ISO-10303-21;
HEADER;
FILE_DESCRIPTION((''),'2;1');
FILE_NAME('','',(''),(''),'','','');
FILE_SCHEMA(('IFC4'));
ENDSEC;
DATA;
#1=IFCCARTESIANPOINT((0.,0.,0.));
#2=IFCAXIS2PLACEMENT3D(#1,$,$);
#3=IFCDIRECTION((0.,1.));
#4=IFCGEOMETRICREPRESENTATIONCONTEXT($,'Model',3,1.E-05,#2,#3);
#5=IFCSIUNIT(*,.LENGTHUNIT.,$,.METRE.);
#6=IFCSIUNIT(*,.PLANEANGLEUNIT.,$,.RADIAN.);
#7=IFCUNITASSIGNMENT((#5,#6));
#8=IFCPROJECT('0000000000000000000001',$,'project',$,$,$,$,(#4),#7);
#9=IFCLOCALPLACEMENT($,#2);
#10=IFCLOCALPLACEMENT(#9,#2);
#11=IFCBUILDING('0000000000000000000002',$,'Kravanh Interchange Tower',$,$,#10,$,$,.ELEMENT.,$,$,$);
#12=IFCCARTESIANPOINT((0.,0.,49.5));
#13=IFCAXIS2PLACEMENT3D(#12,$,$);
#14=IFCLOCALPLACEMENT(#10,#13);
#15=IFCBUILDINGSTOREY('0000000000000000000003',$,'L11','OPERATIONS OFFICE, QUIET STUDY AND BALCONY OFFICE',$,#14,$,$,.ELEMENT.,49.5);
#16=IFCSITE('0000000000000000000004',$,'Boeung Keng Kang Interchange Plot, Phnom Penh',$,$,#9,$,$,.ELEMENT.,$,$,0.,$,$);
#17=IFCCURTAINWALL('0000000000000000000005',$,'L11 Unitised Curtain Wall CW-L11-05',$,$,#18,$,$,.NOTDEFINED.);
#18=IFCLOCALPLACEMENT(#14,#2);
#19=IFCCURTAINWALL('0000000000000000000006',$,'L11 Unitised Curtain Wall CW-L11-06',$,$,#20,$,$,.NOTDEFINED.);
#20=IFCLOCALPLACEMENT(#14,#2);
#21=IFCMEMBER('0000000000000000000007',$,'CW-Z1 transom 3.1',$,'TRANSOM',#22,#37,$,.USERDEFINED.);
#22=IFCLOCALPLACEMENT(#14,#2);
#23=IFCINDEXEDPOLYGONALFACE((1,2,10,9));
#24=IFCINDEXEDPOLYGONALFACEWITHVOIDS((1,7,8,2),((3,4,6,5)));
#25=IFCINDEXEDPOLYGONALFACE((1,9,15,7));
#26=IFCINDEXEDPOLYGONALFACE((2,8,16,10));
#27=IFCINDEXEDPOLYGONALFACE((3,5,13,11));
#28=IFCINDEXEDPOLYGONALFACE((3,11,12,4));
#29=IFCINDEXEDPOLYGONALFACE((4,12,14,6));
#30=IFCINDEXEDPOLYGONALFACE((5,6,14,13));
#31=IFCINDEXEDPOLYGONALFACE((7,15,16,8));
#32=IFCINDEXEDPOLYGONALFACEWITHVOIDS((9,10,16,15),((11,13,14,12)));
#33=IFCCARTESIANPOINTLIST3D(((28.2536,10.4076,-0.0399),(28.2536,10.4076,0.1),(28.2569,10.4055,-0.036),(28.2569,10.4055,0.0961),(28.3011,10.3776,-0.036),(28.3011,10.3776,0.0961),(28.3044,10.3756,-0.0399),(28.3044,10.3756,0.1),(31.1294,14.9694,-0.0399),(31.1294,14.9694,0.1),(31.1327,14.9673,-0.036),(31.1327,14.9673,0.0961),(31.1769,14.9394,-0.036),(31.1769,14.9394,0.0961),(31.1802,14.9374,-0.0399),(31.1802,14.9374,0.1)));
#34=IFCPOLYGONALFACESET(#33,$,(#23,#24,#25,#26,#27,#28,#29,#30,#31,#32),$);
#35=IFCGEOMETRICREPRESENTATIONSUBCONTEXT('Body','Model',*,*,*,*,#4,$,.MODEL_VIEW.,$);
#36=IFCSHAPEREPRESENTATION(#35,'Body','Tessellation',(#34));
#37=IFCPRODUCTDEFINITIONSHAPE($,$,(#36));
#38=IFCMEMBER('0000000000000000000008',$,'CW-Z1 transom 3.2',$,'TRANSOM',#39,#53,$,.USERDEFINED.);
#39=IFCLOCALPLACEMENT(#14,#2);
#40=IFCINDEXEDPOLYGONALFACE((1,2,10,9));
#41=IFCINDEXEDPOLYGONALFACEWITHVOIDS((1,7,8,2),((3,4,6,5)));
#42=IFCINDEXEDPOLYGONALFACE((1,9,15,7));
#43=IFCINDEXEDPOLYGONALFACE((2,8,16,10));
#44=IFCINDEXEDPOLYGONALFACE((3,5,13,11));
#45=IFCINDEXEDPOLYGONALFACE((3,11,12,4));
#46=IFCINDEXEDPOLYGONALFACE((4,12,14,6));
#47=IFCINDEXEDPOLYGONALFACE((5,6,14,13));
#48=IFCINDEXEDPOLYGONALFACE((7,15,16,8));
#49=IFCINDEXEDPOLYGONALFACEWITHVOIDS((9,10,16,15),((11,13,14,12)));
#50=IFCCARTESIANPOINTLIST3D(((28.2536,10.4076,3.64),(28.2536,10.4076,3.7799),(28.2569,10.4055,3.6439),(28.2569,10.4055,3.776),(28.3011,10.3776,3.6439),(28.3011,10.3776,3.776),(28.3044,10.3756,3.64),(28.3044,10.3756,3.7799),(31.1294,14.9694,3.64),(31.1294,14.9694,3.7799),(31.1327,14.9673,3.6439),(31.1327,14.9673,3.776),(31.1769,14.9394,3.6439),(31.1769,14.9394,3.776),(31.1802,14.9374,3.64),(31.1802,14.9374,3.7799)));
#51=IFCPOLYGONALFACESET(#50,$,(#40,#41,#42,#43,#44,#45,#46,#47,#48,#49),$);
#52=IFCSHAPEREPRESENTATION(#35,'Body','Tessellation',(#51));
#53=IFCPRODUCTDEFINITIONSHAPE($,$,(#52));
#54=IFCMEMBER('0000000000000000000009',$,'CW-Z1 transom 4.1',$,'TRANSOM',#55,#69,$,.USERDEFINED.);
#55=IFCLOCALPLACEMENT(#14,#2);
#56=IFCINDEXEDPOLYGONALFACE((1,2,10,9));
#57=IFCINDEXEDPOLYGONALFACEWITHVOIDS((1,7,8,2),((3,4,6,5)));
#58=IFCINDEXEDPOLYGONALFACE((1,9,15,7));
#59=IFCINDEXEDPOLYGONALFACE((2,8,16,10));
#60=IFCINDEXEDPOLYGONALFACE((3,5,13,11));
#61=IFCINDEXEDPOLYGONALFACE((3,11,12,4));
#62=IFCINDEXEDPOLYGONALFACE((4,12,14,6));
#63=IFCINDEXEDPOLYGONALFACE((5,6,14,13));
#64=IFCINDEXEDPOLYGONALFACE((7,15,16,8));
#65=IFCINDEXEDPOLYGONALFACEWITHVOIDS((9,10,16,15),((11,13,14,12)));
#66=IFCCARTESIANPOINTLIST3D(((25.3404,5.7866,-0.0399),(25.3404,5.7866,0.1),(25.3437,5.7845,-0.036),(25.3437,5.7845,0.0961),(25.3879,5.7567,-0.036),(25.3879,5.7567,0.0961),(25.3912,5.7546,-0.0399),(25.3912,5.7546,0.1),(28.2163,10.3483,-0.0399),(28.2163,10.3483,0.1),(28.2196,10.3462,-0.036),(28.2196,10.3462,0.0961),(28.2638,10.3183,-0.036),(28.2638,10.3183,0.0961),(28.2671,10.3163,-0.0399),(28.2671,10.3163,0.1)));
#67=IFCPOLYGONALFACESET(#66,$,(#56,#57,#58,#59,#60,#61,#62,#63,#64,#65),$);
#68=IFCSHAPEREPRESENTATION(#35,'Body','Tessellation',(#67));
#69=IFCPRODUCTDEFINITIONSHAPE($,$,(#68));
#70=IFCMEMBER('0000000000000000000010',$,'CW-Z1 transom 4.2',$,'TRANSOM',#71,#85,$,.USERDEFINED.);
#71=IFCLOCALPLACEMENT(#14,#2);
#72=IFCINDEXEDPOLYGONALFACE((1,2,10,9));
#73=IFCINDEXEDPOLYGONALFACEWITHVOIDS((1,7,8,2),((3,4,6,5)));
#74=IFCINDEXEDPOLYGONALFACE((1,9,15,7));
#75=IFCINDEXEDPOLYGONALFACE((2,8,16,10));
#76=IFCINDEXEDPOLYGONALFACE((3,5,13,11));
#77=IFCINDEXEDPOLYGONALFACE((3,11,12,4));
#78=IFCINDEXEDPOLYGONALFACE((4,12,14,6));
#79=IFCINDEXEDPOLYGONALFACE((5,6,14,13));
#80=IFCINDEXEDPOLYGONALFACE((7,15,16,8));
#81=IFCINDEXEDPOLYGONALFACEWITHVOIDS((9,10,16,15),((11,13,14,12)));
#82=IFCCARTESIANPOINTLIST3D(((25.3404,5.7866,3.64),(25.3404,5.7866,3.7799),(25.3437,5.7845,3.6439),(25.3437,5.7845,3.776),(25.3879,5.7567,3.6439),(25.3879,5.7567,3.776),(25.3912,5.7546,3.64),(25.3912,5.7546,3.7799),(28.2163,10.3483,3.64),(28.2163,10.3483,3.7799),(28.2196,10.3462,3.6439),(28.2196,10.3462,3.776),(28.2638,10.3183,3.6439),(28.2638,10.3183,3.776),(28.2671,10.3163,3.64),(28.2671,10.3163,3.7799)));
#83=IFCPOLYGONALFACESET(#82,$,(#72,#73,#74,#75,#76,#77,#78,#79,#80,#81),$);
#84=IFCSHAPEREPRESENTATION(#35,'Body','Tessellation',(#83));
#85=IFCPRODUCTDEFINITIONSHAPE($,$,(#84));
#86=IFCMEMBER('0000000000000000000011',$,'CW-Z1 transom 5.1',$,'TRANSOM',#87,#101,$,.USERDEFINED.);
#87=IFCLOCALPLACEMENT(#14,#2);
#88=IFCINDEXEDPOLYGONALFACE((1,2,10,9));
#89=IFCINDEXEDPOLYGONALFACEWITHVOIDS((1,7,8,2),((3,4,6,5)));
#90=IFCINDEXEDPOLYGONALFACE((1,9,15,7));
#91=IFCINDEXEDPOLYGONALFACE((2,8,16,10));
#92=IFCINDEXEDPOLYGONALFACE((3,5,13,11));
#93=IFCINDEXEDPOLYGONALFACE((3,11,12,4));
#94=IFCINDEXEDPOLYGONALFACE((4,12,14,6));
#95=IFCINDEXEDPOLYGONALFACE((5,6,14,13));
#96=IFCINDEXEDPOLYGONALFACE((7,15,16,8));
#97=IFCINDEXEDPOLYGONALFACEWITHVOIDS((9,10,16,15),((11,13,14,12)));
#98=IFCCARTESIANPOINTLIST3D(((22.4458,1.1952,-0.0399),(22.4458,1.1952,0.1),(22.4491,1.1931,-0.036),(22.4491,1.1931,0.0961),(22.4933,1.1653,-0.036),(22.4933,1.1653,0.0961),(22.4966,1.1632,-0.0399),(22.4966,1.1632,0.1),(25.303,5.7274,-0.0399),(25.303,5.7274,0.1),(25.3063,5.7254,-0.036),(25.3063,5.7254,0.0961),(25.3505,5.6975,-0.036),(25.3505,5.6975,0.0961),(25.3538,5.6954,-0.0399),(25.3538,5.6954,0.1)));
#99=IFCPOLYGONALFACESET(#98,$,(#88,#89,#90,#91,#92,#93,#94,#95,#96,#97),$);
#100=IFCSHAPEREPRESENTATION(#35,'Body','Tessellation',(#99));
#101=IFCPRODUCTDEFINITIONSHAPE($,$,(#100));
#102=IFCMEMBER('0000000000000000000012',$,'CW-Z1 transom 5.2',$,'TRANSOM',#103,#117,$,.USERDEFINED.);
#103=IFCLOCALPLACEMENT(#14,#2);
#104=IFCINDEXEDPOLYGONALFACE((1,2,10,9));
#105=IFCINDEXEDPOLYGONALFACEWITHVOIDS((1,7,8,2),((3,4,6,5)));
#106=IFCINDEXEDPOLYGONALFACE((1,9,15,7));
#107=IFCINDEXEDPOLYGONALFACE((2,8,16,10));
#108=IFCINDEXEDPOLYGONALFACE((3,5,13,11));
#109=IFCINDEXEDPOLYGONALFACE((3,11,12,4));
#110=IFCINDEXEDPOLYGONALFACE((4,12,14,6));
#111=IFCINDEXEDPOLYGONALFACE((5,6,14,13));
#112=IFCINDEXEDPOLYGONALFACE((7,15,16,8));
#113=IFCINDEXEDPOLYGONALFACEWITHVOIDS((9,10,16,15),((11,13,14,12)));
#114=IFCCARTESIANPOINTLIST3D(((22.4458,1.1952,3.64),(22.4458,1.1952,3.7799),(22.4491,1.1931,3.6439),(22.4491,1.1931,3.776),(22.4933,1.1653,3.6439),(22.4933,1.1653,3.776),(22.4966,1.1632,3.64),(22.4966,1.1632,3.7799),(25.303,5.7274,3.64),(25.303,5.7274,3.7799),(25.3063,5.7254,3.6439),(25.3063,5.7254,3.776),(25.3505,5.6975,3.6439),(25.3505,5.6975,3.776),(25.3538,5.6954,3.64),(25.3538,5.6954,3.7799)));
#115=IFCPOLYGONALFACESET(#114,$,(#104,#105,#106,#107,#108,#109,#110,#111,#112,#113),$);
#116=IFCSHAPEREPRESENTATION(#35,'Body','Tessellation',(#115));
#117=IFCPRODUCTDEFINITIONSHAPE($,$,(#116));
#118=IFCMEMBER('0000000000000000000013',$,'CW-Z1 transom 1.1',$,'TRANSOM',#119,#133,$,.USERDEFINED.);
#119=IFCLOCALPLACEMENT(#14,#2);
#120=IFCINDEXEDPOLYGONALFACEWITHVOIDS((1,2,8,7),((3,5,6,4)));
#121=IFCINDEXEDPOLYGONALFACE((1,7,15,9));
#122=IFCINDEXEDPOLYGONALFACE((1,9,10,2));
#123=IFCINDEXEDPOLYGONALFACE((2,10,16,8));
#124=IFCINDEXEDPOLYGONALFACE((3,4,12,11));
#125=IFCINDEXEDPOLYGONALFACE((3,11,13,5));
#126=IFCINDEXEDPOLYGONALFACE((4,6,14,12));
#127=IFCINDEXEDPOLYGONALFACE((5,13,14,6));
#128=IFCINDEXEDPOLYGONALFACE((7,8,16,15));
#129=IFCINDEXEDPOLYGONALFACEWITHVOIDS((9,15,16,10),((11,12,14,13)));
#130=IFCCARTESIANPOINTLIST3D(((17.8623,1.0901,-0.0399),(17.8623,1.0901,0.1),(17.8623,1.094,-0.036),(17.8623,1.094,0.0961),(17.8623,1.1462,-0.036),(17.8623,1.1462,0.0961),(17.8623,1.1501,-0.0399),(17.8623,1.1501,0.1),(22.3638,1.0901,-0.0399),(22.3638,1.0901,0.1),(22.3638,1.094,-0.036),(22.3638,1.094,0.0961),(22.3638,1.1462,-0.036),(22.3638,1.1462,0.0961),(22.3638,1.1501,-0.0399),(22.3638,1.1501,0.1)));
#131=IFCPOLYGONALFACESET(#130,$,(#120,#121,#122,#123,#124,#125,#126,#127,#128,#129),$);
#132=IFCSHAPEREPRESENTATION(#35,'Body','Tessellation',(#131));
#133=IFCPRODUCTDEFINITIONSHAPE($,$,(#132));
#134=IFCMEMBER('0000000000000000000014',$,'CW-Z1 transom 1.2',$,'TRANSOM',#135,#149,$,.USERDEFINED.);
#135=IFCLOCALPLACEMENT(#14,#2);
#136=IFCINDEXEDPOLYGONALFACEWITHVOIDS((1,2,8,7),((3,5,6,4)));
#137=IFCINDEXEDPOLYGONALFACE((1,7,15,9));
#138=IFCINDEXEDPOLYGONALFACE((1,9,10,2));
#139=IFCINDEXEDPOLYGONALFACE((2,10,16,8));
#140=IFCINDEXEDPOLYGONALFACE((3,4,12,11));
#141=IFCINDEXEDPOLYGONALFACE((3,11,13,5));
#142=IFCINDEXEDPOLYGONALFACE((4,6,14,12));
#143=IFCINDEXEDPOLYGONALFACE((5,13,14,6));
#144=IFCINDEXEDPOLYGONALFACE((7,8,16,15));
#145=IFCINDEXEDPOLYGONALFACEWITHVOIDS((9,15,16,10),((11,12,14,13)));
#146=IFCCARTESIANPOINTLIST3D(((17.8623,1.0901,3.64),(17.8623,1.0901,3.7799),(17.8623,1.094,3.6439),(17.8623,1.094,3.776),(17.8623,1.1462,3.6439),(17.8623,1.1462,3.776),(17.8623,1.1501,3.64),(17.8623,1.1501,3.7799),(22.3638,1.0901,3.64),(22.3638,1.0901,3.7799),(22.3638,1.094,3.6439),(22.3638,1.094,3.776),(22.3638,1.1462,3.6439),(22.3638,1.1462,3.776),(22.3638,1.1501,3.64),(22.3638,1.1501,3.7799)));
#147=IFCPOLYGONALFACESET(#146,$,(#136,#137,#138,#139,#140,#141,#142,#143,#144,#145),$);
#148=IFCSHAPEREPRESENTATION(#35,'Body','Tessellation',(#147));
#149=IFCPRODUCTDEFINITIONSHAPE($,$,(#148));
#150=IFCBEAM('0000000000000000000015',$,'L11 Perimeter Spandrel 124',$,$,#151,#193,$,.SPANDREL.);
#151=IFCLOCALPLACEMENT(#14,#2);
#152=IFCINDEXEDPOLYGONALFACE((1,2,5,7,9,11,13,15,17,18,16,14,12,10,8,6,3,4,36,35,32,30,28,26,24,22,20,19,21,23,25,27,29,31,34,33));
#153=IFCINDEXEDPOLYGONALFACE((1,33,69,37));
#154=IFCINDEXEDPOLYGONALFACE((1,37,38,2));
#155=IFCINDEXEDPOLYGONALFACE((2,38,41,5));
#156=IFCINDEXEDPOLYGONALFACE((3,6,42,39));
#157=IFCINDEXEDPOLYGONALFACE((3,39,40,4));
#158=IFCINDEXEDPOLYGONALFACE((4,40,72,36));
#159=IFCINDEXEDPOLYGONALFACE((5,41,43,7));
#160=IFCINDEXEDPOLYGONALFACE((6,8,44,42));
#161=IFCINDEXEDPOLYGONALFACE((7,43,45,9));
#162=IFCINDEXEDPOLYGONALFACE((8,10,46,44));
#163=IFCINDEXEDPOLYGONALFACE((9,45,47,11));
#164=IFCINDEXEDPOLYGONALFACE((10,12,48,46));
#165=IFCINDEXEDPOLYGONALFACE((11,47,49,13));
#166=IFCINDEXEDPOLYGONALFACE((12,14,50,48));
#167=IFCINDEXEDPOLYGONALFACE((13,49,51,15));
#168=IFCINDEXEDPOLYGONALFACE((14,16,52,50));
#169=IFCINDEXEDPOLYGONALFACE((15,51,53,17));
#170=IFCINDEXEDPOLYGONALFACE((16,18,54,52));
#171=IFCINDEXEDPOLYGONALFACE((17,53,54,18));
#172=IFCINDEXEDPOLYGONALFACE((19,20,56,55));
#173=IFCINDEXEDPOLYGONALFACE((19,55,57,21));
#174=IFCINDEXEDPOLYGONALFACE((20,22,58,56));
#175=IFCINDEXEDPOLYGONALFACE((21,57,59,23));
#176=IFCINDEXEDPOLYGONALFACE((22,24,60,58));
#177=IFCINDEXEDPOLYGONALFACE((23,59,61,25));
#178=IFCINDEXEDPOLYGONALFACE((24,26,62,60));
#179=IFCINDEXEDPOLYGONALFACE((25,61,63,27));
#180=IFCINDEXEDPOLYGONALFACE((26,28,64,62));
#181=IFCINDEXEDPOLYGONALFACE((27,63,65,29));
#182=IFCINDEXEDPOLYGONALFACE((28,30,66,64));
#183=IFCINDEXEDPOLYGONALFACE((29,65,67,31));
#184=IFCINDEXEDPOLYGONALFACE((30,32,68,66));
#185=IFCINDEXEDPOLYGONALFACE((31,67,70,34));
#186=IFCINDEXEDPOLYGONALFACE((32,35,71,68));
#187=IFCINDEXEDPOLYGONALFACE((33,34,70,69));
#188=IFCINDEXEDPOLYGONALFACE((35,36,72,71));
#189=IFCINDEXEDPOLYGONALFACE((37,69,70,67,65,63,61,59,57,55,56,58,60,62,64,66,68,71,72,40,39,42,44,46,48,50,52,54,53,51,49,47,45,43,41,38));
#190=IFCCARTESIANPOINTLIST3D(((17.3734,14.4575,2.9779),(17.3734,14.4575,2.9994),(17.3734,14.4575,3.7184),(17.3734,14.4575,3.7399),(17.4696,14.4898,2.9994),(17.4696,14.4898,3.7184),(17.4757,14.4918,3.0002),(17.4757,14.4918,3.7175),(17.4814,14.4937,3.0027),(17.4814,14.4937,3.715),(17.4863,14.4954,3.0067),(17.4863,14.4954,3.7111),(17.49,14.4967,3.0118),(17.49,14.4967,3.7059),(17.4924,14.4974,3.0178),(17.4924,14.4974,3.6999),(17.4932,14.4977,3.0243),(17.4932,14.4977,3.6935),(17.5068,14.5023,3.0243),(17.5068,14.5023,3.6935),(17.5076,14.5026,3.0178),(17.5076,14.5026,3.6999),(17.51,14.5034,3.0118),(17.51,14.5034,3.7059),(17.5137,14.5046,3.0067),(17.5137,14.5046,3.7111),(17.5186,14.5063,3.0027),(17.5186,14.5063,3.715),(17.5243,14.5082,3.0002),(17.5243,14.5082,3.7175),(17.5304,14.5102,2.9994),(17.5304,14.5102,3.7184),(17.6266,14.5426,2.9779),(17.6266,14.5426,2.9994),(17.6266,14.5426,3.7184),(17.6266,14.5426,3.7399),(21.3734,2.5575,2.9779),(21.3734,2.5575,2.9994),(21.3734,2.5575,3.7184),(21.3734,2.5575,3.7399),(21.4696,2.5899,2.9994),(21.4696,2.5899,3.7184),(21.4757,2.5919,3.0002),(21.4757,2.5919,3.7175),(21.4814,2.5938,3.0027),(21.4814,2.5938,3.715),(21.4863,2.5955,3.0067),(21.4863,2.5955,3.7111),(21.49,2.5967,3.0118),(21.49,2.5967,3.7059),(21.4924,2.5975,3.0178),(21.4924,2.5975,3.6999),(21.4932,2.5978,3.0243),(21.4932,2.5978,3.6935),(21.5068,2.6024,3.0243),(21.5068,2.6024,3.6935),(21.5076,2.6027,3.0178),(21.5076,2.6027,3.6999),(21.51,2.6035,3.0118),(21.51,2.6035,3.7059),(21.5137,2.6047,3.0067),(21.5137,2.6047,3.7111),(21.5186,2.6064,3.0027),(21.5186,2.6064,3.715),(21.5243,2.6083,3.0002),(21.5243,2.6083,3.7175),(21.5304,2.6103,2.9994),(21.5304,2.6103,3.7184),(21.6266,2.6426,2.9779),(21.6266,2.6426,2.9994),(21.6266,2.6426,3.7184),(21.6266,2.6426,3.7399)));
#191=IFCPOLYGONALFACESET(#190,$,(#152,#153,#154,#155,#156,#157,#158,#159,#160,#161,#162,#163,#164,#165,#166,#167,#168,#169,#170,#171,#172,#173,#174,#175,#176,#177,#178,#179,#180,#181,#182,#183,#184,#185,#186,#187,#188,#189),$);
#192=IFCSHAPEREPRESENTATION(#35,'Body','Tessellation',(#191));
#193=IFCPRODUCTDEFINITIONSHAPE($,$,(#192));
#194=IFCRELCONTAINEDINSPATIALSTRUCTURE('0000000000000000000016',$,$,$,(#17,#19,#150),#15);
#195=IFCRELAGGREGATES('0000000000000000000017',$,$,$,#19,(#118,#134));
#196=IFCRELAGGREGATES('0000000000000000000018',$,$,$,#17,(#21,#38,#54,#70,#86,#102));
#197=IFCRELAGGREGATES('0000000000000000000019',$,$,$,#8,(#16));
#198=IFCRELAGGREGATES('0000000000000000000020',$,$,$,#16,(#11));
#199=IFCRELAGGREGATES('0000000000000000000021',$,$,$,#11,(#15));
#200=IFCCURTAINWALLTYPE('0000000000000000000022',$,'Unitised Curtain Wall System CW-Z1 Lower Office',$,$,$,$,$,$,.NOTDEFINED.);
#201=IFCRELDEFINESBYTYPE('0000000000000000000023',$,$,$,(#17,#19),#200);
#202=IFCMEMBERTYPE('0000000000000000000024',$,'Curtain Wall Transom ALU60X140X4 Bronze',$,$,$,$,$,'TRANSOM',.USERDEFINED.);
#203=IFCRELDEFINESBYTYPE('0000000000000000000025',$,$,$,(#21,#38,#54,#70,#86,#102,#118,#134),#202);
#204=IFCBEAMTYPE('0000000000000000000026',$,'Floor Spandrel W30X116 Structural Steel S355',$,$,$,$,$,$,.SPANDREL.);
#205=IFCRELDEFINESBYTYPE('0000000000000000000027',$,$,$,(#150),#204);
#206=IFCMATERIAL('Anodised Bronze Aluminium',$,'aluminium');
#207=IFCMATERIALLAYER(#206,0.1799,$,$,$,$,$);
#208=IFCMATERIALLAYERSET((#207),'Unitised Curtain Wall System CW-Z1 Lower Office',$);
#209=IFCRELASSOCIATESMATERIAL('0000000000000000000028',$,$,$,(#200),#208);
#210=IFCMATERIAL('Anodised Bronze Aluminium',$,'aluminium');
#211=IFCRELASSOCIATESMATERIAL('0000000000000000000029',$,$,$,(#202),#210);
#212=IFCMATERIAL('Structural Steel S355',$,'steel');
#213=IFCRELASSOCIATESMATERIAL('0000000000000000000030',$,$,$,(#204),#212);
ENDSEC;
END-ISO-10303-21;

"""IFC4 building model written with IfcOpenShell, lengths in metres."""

from ifc_helpers import new_model, si_unit, direction, frame, origin, origin_2d, place, context, subcontext, project, spatial, hollow_rectangle, i_section, extrude, material, layer, layer_set, material_profile, profile_set, type_object, element, aggregate, save


model = new_model("IFC4")

# Units and contexts
model_context = context("Model", 3, precision=1e-05, world=origin(), true_north=direction((0.0, 1.0)))
body_context = subcontext(model_context, "Body", "Model", "MODEL_VIEW")
ifc_project = project(units=[si_unit("LENGTHUNIT", "METRE"), si_unit("PLANEANGLEUNIT", "RADIAN")], contexts=[model_context])

# Site, building, storey
site_placement = place(None, origin())
site = spatial("IfcSite", under=ifc_project, at=site_placement, Name="Boeung Keng Kang Interchange Plot, Phnom Penh", CompositionType="ELEMENT", RefElevation=0.0)
building_placement = place(site_placement, origin())
building = spatial("IfcBuilding", under=site, at=building_placement, Name="Kravanh Interchange Tower", CompositionType="ELEMENT")
storey_placement = place(building_placement, frame((0.0, 0.0, 49.5)))
storey = spatial("IfcBuildingStorey", under=building, at=storey_placement, Name="L11", Description="OPERATIONS OFFICE, QUIET STUDY AND BALCONY OFFICE", CompositionType="ELEMENT", Elevation=49.5)

# Curtain wall
ifc_material_1 = material(Name="Anodised Bronze Aluminium", Category="aluminium")
ifc_layer_1 = layer(ifc_material_1, 0.1799)
ifc_layer_set_1 = layer_set([ifc_layer_1], Name="Unitised Curtain Wall System CW-Z1 Lower Office")
curtain_wall_type = type_object("IfcCurtainWallType", Name="Unitised Curtain Wall System CW-Z1 Lower Office", PredefinedType="NOTDEFINED", material=ifc_layer_set_1)
curtain_wall_1_placement = place(storey_placement, origin())
curtain_wall_1 = element("IfcCurtainWall", 1, at=curtain_wall_1_placement, inside=storey, type_object=curtain_wall_type, Name="L11 Unitised Curtain Wall CW-L11-05", PredefinedType="NOTDEFINED")

# Curtain wall
curtain_wall_2_placement = place(storey_placement, origin())
curtain_wall_2 = element("IfcCurtainWall", 2, at=curtain_wall_2_placement, inside=storey, type_object=curtain_wall_type, Name="L11 Unitised Curtain Wall CW-L11-06", PredefinedType="NOTDEFINED")

# Members
ifc_material_2 = material(Name="Anodised Bronze Aluminium", Category="aluminium")
ifc_material_profile_1 = material_profile(ifc_material_2, hollow_rectangle(XDim=0.0601, YDim=0.1399, WallThickness=0.0039, at=origin_2d()), Name="ALU60X140X4")
ifc_profile_set_1 = profile_set([ifc_material_profile_1], Name="Anodised Bronze Aluminium")
member_type_1 = type_object("IfcMemberType", Name="Curtain Wall Transom ALU60X140X4 Bronze", ElementType="TRANSOM", PredefinedType="USERDEFINED", material=ifc_profile_set_1)
member_1_placement = place(storey_placement, frame((31.1548, 14.9534, 0.03), z_axis=(-0.533279, -0.845939, 0.0), x_axis=(0.845939, -0.533279, 0.0)))
member_1 = element("IfcMember", 3, at=member_1_placement, type_object=member_type_1, Name="CW-Z1 transom 3.1", ObjectType="TRANSOM", PredefinedType="USERDEFINED", context=body_context, shape_type="SweptSolid", body=[
    extrude(hollow_rectangle(XDim=0.0601, YDim=0.1399, WallThickness=0.0039, at=origin_2d()), origin(), (0.0, 0.0, 1.0), 5.3926),
])
member_2_placement = place(storey_placement, frame((31.1548, 14.9534, 3.71), z_axis=(-0.533279, -0.845939, 0.0), x_axis=(0.845939, -0.533279, 0.0)))
member_2 = element("IfcMember", 4, at=member_2_placement, type_object=member_type_1, Name="CW-Z1 transom 3.2", ObjectType="TRANSOM", PredefinedType="USERDEFINED", context=body_context, shape_type="SweptSolid", body=[
    extrude(hollow_rectangle(XDim=0.0601, YDim=0.1399, WallThickness=0.0039, at=origin_2d()), origin(), (0.0, 0.0, 1.0), 5.3926),
])
member_3_placement = place(storey_placement, frame((28.2417, 10.3323, 0.03), z_axis=(-0.533311, -0.845919, 0.0), x_axis=(0.845919, -0.533311, 0.0)))
member_3 = element("IfcMember", 5, at=member_3_placement, type_object=member_type_1, Name="CW-Z1 transom 4.1", ObjectType="TRANSOM", PredefinedType="USERDEFINED", context=body_context, shape_type="SweptSolid", body=[
    extrude(hollow_rectangle(XDim=0.0601, YDim=0.1399, WallThickness=0.0039, at=origin_2d()), origin(), (0.0, 0.0, 1.0), 5.3926),
])
member_4_placement = place(storey_placement, frame((28.2417, 10.3323, 3.71), z_axis=(-0.533311, -0.845919, 0.0), x_axis=(0.845919, -0.533311, 0.0)))
member_4 = element("IfcMember", 6, at=member_4_placement, type_object=member_type_1, Name="CW-Z1 transom 4.2", ObjectType="TRANSOM", PredefinedType="USERDEFINED", context=body_context, shape_type="SweptSolid", body=[
    extrude(hollow_rectangle(XDim=0.0601, YDim=0.1399, WallThickness=0.0039, at=origin_2d()), origin(), (0.0, 0.0, 1.0), 5.3926),
])
member_5_placement = place(storey_placement, frame((25.3284, 5.7114, 0.03), z_axis=(-0.533288, -0.845934, 0.0), x_axis=(0.845934, -0.533288, 0.0)))
member_5 = element("IfcMember", 7, at=member_5_placement, type_object=member_type_1, Name="CW-Z1 transom 5.1", ObjectType="TRANSOM", PredefinedType="USERDEFINED", context=body_context, shape_type="SweptSolid", body=[
    extrude(hollow_rectangle(XDim=0.0601, YDim=0.1399, WallThickness=0.0039, at=origin_2d()), origin(), (0.0, 0.0, 1.0), 5.3577),
])
member_6_placement = place(storey_placement, frame((25.3284, 5.7114, 3.71), z_axis=(-0.533288, -0.845934, 0.0), x_axis=(0.845934, -0.533288, 0.0)))
member_6 = element("IfcMember", 8, at=member_6_placement, type_object=member_type_1, Name="CW-Z1 transom 5.2", ObjectType="TRANSOM", PredefinedType="USERDEFINED", context=body_context, shape_type="SweptSolid", body=[
    extrude(hollow_rectangle(XDim=0.0601, YDim=0.1399, WallThickness=0.0039, at=origin_2d()), origin(), (0.0, 0.0, 1.0), 5.3577),
])
member_7_placement = place(storey_placement, frame((22.3638, 1.1201, 0.03), z_axis=(-1.0, 0.0, 0.0), x_axis=(0.0, -1.0, 0.0)))
member_7 = element("IfcMember", 9, at=member_7_placement, type_object=member_type_1, Name="CW-Z1 transom 1.1", ObjectType="TRANSOM", PredefinedType="USERDEFINED", context=body_context, shape_type="SweptSolid", body=[
    extrude(hollow_rectangle(XDim=0.0601, YDim=0.1399, WallThickness=0.0039, at=origin_2d()), origin(), (0.0, 0.0, 1.0), 4.5015),
])
member_8_placement = place(storey_placement, frame((22.3638, 1.1201, 3.71), z_axis=(-1.0, 0.0, 0.0), x_axis=(0.0, -1.0, 0.0)))
member_8 = element("IfcMember", 10, at=member_8_placement, type_object=member_type_1, Name="CW-Z1 transom 1.2", ObjectType="TRANSOM", PredefinedType="USERDEFINED", context=body_context, shape_type="SweptSolid", body=[
    extrude(hollow_rectangle(XDim=0.0601, YDim=0.1399, WallThickness=0.0039, at=origin_2d()), origin(), (0.0, 0.0, 1.0), 4.5015),
])
aggregate(curtain_wall_2, [member_7, member_8])

# Beam
ifc_material_3 = material(Name="Structural Steel S355", Category="steel")
ifc_material_profile_2 = material_profile(ifc_material_3, i_section(OverallWidth=0.2671, OverallDepth=0.762, WebThickness=0.0144, FlangeThickness=0.0215, FilletRadius=0.0249, at=origin_2d()), Name="W30X116")
ifc_profile_set_2 = profile_set([ifc_material_profile_2], Name="Structural Steel S355")
beam_type = type_object("IfcBeamType", Name="Floor Spandrel W30X116 Structural Steel S355", PredefinedType="SPANDREL", material=ifc_profile_set_2)
beam_1_placement = place(storey_placement, frame((21.5, 2.6001, 3.3589), z_axis=(-0.318619, 0.947883, 0.0), x_axis=(-0.947883, -0.318619, 0.0)))
element("IfcBeam", 11, at=beam_1_placement, inside=storey, type_object=beam_type, Name="L11 Perimeter Spandrel 124", PredefinedType="SPANDREL", context=body_context, shape_type="SweptSolid", body=[
    extrude(i_section(OverallWidth=0.2671, OverallDepth=0.762, WebThickness=0.0144, FlangeThickness=0.0215, FilletRadius=0.0249, at=origin_2d()), origin(), (0.0, 0.0, 1.0), 12.5542),
])

aggregate(curtain_wall_1, [member_1, member_2, member_3, member_4, member_5, member_6])

save(model, "model.ifc")
